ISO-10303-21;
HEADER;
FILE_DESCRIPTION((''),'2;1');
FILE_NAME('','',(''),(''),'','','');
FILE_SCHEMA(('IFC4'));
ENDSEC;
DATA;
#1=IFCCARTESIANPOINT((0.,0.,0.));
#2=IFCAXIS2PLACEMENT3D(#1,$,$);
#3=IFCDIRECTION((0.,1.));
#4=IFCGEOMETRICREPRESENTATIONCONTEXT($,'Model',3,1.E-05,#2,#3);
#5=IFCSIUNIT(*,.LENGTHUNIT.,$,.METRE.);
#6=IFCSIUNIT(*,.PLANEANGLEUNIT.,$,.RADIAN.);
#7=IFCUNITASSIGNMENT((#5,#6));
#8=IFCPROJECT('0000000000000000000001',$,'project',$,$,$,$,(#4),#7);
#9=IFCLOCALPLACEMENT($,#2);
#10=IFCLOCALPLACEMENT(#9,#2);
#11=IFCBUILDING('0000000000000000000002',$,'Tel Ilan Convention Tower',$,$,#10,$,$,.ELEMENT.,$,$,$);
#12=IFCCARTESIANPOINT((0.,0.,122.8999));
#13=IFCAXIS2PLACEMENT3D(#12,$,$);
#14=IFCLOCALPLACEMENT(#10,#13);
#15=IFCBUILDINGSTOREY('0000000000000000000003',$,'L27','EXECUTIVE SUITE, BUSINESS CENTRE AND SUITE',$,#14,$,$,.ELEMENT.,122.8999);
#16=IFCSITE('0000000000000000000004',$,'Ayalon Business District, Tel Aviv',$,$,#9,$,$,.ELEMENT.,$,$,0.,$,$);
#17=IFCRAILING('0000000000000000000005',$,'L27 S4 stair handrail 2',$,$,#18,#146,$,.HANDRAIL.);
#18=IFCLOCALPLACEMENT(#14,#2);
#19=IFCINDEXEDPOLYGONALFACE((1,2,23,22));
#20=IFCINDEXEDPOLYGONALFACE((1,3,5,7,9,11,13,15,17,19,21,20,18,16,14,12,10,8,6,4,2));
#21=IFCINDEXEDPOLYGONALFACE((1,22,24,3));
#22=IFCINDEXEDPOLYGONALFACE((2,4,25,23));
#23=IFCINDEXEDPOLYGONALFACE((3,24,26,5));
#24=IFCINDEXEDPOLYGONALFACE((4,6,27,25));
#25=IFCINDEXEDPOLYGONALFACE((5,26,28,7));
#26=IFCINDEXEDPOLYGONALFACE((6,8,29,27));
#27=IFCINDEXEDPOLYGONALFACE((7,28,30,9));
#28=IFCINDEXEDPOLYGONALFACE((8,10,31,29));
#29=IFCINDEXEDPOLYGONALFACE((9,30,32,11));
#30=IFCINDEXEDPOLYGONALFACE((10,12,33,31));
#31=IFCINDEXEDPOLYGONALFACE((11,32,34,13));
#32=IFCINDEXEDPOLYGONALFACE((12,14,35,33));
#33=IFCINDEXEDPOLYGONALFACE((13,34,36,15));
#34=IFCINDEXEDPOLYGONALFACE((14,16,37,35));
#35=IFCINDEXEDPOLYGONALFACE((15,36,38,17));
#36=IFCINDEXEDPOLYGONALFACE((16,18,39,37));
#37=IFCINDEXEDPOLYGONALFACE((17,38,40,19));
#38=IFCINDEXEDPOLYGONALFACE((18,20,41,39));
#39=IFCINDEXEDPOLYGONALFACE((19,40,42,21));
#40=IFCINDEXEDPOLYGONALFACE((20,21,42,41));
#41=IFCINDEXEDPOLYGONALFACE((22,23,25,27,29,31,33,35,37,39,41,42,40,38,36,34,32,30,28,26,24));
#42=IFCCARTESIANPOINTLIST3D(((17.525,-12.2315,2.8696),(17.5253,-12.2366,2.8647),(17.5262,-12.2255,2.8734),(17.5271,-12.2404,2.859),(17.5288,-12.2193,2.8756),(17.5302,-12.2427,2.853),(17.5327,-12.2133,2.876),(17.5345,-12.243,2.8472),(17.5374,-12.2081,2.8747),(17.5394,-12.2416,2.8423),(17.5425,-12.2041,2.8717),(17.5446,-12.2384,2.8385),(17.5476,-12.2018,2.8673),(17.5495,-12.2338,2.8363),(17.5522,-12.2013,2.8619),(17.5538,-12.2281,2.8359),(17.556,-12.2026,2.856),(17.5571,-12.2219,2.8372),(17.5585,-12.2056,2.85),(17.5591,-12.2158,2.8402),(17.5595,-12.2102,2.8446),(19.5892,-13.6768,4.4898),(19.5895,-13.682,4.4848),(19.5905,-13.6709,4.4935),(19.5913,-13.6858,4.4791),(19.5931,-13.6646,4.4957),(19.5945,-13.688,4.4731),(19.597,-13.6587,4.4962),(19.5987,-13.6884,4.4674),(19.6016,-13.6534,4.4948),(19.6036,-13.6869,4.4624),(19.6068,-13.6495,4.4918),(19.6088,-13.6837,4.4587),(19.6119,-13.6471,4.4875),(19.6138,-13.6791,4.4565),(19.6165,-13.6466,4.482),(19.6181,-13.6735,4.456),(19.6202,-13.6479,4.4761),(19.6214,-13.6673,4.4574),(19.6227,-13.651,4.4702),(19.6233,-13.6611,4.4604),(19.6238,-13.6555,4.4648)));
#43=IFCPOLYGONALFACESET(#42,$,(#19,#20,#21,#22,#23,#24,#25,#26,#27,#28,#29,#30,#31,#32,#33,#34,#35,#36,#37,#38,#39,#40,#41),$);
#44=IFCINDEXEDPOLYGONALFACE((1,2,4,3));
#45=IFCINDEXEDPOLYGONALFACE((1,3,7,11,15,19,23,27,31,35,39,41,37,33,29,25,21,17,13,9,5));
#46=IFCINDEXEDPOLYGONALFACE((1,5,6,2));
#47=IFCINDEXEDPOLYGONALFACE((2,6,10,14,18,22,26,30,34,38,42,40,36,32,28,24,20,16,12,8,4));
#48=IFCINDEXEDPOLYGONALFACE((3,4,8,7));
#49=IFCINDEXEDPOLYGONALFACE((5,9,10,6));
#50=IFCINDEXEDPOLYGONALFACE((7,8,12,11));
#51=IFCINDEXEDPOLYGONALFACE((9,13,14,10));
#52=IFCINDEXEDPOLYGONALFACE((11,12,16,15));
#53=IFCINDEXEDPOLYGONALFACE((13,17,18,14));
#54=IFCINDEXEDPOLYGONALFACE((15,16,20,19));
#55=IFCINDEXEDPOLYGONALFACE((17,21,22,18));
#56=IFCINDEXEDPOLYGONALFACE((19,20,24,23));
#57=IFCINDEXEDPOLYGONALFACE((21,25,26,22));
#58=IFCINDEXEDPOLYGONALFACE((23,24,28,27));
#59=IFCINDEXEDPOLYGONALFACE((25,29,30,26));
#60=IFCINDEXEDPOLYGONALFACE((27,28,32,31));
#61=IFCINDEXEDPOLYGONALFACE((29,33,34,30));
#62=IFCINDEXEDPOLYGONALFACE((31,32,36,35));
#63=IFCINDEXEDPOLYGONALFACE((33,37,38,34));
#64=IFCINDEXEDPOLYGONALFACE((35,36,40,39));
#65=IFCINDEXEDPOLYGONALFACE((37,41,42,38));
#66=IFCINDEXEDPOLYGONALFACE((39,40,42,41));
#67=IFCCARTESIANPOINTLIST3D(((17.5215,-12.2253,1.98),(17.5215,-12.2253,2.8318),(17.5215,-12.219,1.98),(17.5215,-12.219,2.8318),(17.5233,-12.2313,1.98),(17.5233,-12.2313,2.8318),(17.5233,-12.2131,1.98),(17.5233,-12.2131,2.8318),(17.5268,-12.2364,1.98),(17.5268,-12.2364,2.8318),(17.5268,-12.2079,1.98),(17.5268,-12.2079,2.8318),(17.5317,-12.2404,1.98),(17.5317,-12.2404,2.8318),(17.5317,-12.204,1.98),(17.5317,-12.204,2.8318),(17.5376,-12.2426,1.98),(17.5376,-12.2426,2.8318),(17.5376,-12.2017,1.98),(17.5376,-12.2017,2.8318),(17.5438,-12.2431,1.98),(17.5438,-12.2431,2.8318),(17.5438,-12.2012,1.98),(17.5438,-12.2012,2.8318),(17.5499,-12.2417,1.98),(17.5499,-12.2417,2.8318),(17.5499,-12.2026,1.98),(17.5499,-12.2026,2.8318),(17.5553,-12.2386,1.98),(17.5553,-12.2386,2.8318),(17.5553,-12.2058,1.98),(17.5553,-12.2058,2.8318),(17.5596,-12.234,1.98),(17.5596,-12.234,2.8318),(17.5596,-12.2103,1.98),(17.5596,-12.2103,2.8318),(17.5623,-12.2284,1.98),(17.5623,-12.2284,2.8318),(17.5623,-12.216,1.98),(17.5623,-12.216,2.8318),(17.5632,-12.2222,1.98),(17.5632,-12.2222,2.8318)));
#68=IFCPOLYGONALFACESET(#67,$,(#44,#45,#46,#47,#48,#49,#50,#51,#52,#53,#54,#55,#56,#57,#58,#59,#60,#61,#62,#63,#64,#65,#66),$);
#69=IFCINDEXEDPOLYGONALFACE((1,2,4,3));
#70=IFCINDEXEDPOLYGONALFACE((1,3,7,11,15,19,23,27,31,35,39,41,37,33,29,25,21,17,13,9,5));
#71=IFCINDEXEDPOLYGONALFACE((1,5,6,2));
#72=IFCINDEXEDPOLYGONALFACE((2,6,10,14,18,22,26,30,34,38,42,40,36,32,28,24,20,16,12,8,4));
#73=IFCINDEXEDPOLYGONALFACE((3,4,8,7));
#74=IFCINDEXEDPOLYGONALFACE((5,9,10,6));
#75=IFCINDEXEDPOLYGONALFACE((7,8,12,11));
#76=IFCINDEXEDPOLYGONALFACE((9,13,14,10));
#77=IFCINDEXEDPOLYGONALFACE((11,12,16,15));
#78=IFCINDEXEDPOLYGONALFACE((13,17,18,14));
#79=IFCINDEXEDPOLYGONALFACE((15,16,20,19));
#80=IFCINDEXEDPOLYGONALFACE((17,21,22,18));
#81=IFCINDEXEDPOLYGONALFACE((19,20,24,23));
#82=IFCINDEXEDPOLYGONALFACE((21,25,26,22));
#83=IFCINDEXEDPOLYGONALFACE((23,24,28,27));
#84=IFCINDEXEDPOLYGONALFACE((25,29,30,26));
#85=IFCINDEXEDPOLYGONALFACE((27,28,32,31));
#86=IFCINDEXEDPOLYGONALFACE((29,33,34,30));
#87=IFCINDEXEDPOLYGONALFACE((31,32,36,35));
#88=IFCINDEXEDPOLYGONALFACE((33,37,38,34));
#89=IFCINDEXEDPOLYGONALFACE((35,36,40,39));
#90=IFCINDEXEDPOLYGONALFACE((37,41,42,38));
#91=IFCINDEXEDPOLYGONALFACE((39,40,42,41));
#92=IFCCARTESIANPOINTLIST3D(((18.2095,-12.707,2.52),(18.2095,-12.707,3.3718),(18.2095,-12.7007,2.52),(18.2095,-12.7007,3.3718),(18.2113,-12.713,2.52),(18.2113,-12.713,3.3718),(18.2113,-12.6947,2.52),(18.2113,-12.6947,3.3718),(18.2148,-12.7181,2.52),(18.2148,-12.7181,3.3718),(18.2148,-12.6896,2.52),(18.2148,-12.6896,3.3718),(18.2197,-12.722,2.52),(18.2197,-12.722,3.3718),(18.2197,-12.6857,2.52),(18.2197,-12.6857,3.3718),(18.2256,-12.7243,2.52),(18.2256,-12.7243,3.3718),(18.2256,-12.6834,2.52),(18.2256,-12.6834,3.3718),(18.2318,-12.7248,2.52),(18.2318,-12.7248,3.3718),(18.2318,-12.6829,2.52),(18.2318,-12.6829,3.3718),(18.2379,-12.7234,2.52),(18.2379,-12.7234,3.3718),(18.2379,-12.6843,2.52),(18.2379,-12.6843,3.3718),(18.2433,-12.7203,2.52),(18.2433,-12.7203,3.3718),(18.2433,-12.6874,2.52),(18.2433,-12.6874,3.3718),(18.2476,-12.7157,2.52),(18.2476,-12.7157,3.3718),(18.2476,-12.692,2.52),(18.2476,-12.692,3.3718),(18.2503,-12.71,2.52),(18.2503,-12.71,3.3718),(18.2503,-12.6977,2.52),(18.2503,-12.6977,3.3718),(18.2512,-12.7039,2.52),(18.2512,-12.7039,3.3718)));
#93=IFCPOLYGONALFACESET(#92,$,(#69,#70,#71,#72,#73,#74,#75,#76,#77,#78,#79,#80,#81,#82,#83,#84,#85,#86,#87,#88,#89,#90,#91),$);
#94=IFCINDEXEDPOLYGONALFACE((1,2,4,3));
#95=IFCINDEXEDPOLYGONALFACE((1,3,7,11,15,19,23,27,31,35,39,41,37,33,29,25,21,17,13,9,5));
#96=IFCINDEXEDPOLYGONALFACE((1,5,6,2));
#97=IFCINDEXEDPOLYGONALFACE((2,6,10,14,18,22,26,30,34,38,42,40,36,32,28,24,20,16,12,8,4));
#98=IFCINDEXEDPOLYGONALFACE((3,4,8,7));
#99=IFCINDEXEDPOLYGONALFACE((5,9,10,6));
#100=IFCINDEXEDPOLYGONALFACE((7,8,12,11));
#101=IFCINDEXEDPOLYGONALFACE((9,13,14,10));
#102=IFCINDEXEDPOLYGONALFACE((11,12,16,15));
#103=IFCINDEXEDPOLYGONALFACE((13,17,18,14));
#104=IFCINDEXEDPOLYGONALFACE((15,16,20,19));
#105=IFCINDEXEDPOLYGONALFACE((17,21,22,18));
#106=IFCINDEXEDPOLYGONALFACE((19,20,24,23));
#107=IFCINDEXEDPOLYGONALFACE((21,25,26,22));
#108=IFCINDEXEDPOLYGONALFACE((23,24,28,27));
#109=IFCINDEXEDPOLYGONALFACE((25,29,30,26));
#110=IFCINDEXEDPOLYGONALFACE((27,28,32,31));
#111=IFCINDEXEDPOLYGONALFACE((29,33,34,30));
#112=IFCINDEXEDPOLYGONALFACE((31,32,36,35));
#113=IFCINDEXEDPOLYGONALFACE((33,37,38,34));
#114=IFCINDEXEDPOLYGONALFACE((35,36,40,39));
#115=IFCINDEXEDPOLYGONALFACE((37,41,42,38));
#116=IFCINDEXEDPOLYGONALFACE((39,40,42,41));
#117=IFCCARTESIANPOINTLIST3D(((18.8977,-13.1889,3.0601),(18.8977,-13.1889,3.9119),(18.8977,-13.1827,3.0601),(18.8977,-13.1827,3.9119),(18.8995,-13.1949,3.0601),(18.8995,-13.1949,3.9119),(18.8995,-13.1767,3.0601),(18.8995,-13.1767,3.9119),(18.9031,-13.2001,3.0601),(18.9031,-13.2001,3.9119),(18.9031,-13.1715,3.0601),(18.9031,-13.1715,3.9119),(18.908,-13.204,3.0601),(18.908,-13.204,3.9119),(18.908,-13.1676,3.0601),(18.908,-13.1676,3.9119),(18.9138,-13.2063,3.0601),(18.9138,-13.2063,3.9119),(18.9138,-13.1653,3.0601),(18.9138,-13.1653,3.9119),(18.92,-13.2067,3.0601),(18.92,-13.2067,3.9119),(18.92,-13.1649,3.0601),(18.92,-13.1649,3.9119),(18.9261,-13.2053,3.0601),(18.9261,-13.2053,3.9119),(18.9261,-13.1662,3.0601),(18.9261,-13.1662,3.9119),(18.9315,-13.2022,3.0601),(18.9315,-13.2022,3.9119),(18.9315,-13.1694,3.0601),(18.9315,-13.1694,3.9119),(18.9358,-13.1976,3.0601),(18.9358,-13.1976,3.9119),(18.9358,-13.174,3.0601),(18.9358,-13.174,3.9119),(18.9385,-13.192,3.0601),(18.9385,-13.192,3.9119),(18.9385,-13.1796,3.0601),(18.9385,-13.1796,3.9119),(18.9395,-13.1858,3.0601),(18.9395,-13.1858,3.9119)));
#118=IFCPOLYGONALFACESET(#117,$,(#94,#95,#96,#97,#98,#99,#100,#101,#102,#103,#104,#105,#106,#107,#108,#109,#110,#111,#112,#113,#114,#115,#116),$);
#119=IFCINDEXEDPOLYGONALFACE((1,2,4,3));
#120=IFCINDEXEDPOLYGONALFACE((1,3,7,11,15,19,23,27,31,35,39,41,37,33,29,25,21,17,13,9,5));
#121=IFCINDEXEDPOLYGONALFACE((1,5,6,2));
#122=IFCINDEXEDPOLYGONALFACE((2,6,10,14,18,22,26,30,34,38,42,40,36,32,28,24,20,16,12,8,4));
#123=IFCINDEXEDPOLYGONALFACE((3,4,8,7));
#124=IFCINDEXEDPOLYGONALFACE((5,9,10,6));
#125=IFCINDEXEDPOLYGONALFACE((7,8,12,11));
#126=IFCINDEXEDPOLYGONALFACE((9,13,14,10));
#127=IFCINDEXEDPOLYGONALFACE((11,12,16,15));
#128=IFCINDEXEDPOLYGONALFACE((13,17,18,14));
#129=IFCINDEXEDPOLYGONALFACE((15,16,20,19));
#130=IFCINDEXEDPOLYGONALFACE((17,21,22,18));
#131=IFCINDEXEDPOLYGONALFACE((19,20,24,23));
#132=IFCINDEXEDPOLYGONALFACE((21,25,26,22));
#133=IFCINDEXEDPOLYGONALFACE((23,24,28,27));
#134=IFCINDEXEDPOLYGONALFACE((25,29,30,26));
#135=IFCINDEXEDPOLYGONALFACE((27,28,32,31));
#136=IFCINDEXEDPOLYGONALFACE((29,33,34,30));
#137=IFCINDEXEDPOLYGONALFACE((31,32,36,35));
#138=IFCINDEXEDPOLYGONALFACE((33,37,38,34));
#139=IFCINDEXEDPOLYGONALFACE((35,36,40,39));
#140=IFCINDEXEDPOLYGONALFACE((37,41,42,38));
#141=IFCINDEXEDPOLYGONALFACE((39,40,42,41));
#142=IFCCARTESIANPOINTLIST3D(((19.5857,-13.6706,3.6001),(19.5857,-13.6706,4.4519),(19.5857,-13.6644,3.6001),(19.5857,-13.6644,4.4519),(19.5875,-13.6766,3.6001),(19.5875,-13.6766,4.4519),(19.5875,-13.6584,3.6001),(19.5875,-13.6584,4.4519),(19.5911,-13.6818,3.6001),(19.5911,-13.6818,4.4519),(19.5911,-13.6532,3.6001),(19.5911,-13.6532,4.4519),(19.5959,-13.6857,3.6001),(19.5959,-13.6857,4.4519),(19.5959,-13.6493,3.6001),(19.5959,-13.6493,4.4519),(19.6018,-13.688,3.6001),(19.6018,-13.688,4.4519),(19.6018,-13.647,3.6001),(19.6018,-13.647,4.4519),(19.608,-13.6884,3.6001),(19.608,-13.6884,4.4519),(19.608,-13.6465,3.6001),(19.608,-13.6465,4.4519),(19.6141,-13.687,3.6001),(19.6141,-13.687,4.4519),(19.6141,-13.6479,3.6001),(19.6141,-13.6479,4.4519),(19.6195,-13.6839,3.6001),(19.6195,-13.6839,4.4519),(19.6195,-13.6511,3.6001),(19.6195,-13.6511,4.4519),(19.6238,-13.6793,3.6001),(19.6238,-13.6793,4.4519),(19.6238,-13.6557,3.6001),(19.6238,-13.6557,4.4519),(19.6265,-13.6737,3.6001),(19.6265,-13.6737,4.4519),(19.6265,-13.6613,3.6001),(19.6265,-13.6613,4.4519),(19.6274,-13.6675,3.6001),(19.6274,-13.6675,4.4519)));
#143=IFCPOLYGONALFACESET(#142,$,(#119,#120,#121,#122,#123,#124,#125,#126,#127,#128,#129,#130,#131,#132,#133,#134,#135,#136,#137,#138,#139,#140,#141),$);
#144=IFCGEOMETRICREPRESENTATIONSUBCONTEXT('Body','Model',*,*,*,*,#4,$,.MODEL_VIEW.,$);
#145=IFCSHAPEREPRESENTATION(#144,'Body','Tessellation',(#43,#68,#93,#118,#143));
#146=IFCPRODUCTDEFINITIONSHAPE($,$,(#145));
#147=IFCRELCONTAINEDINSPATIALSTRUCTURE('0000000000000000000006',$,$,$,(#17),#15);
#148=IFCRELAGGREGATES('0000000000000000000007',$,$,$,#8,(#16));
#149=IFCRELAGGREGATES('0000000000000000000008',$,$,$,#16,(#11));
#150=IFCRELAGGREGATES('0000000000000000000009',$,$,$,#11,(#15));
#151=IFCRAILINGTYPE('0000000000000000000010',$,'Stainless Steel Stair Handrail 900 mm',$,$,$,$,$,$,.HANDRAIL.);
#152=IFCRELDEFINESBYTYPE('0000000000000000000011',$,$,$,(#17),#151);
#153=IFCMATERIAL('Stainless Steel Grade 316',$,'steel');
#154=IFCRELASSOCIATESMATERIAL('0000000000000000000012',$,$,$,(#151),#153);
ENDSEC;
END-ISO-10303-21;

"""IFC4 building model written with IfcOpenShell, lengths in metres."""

from ifc_helpers import new_model, si_unit, direction, frame, origin, origin_2d, place, context, subcontext, project, spatial, circle, extrude, material, type_object, element, save


model = new_model("IFC4")

# Units and contexts
model_context = context("Model", 3, precision=1e-05, world=origin(), true_north=direction((0.0, 1.0)))
body_context = subcontext(model_context, "Body", "Model", "MODEL_VIEW")
ifc_project = project(units=[si_unit("LENGTHUNIT", "METRE"), si_unit("PLANEANGLEUNIT", "RADIAN")], contexts=[model_context])

# Site, building, storey
site_placement = place(None, origin())
site = spatial("IfcSite", under=ifc_project, at=site_placement, Name="Ayalon Business District, Tel Aviv", CompositionType="ELEMENT", RefElevation=0.0)
building_placement = place(site_placement, origin())
building = spatial("IfcBuilding", under=site, at=building_placement, Name="Tel Ilan Convention Tower", CompositionType="ELEMENT")
storey_placement = place(building_placement, frame((0.0, 0.0, 122.8999)))
storey = spatial("IfcBuildingStorey", under=building, at=storey_placement, Name="L27", Description="EXECUTIVE SUITE, BUSINESS CENTRE AND SUITE", CompositionType="ELEMENT", Elevation=122.8999)

# Railing
ifc_material_1 = material(Name="Stainless Steel Grade 316", Category="steel")
railing_type_1 = type_object("IfcRailingType", Name="Stainless Steel Stair Handrail 900 mm", PredefinedType="HANDRAIL", material=ifc_material_1)
railing_1_placement = place(storey_placement, frame((17.5422, -12.2222, 1.98)))
element("IfcRailing", 1, at=railing_1_placement, inside=storey, type_object=railing_type_1, Name="L27 S4 stair handrail 2", PredefinedType="HANDRAIL", context=body_context, shape_type="SweptSolid", body=[
    extrude(circle(Radius=0.0239, at=origin_2d()), frame((0.0, 0.0, 0.876), z_axis=(0.68904, -0.48245, 0.540801), x_axis=(0.57356, 0.819164, 0.0)), (0.0, 0.0, 1.0), 2.9958),
    extrude(circle(Radius=0.021, at=origin_2d()), origin(), (0.0, 0.0, 1.0), 0.8518),
    extrude(circle(Radius=0.021, at=origin_2d()), frame((0.688, -0.4817, 0.54)), (0.0, 0.0, 1.0), 0.8518),
    extrude(circle(Radius=0.021, at=origin_2d()), frame((1.3762, -0.9636, 1.0801)), (0.0, 0.0, 1.0), 0.8518),
    extrude(circle(Radius=0.021, at=origin_2d()), frame((2.0642, -1.4453, 1.6201)), (0.0, 0.0, 1.0), 0.8518),
])

save(model, "model.ifc")
